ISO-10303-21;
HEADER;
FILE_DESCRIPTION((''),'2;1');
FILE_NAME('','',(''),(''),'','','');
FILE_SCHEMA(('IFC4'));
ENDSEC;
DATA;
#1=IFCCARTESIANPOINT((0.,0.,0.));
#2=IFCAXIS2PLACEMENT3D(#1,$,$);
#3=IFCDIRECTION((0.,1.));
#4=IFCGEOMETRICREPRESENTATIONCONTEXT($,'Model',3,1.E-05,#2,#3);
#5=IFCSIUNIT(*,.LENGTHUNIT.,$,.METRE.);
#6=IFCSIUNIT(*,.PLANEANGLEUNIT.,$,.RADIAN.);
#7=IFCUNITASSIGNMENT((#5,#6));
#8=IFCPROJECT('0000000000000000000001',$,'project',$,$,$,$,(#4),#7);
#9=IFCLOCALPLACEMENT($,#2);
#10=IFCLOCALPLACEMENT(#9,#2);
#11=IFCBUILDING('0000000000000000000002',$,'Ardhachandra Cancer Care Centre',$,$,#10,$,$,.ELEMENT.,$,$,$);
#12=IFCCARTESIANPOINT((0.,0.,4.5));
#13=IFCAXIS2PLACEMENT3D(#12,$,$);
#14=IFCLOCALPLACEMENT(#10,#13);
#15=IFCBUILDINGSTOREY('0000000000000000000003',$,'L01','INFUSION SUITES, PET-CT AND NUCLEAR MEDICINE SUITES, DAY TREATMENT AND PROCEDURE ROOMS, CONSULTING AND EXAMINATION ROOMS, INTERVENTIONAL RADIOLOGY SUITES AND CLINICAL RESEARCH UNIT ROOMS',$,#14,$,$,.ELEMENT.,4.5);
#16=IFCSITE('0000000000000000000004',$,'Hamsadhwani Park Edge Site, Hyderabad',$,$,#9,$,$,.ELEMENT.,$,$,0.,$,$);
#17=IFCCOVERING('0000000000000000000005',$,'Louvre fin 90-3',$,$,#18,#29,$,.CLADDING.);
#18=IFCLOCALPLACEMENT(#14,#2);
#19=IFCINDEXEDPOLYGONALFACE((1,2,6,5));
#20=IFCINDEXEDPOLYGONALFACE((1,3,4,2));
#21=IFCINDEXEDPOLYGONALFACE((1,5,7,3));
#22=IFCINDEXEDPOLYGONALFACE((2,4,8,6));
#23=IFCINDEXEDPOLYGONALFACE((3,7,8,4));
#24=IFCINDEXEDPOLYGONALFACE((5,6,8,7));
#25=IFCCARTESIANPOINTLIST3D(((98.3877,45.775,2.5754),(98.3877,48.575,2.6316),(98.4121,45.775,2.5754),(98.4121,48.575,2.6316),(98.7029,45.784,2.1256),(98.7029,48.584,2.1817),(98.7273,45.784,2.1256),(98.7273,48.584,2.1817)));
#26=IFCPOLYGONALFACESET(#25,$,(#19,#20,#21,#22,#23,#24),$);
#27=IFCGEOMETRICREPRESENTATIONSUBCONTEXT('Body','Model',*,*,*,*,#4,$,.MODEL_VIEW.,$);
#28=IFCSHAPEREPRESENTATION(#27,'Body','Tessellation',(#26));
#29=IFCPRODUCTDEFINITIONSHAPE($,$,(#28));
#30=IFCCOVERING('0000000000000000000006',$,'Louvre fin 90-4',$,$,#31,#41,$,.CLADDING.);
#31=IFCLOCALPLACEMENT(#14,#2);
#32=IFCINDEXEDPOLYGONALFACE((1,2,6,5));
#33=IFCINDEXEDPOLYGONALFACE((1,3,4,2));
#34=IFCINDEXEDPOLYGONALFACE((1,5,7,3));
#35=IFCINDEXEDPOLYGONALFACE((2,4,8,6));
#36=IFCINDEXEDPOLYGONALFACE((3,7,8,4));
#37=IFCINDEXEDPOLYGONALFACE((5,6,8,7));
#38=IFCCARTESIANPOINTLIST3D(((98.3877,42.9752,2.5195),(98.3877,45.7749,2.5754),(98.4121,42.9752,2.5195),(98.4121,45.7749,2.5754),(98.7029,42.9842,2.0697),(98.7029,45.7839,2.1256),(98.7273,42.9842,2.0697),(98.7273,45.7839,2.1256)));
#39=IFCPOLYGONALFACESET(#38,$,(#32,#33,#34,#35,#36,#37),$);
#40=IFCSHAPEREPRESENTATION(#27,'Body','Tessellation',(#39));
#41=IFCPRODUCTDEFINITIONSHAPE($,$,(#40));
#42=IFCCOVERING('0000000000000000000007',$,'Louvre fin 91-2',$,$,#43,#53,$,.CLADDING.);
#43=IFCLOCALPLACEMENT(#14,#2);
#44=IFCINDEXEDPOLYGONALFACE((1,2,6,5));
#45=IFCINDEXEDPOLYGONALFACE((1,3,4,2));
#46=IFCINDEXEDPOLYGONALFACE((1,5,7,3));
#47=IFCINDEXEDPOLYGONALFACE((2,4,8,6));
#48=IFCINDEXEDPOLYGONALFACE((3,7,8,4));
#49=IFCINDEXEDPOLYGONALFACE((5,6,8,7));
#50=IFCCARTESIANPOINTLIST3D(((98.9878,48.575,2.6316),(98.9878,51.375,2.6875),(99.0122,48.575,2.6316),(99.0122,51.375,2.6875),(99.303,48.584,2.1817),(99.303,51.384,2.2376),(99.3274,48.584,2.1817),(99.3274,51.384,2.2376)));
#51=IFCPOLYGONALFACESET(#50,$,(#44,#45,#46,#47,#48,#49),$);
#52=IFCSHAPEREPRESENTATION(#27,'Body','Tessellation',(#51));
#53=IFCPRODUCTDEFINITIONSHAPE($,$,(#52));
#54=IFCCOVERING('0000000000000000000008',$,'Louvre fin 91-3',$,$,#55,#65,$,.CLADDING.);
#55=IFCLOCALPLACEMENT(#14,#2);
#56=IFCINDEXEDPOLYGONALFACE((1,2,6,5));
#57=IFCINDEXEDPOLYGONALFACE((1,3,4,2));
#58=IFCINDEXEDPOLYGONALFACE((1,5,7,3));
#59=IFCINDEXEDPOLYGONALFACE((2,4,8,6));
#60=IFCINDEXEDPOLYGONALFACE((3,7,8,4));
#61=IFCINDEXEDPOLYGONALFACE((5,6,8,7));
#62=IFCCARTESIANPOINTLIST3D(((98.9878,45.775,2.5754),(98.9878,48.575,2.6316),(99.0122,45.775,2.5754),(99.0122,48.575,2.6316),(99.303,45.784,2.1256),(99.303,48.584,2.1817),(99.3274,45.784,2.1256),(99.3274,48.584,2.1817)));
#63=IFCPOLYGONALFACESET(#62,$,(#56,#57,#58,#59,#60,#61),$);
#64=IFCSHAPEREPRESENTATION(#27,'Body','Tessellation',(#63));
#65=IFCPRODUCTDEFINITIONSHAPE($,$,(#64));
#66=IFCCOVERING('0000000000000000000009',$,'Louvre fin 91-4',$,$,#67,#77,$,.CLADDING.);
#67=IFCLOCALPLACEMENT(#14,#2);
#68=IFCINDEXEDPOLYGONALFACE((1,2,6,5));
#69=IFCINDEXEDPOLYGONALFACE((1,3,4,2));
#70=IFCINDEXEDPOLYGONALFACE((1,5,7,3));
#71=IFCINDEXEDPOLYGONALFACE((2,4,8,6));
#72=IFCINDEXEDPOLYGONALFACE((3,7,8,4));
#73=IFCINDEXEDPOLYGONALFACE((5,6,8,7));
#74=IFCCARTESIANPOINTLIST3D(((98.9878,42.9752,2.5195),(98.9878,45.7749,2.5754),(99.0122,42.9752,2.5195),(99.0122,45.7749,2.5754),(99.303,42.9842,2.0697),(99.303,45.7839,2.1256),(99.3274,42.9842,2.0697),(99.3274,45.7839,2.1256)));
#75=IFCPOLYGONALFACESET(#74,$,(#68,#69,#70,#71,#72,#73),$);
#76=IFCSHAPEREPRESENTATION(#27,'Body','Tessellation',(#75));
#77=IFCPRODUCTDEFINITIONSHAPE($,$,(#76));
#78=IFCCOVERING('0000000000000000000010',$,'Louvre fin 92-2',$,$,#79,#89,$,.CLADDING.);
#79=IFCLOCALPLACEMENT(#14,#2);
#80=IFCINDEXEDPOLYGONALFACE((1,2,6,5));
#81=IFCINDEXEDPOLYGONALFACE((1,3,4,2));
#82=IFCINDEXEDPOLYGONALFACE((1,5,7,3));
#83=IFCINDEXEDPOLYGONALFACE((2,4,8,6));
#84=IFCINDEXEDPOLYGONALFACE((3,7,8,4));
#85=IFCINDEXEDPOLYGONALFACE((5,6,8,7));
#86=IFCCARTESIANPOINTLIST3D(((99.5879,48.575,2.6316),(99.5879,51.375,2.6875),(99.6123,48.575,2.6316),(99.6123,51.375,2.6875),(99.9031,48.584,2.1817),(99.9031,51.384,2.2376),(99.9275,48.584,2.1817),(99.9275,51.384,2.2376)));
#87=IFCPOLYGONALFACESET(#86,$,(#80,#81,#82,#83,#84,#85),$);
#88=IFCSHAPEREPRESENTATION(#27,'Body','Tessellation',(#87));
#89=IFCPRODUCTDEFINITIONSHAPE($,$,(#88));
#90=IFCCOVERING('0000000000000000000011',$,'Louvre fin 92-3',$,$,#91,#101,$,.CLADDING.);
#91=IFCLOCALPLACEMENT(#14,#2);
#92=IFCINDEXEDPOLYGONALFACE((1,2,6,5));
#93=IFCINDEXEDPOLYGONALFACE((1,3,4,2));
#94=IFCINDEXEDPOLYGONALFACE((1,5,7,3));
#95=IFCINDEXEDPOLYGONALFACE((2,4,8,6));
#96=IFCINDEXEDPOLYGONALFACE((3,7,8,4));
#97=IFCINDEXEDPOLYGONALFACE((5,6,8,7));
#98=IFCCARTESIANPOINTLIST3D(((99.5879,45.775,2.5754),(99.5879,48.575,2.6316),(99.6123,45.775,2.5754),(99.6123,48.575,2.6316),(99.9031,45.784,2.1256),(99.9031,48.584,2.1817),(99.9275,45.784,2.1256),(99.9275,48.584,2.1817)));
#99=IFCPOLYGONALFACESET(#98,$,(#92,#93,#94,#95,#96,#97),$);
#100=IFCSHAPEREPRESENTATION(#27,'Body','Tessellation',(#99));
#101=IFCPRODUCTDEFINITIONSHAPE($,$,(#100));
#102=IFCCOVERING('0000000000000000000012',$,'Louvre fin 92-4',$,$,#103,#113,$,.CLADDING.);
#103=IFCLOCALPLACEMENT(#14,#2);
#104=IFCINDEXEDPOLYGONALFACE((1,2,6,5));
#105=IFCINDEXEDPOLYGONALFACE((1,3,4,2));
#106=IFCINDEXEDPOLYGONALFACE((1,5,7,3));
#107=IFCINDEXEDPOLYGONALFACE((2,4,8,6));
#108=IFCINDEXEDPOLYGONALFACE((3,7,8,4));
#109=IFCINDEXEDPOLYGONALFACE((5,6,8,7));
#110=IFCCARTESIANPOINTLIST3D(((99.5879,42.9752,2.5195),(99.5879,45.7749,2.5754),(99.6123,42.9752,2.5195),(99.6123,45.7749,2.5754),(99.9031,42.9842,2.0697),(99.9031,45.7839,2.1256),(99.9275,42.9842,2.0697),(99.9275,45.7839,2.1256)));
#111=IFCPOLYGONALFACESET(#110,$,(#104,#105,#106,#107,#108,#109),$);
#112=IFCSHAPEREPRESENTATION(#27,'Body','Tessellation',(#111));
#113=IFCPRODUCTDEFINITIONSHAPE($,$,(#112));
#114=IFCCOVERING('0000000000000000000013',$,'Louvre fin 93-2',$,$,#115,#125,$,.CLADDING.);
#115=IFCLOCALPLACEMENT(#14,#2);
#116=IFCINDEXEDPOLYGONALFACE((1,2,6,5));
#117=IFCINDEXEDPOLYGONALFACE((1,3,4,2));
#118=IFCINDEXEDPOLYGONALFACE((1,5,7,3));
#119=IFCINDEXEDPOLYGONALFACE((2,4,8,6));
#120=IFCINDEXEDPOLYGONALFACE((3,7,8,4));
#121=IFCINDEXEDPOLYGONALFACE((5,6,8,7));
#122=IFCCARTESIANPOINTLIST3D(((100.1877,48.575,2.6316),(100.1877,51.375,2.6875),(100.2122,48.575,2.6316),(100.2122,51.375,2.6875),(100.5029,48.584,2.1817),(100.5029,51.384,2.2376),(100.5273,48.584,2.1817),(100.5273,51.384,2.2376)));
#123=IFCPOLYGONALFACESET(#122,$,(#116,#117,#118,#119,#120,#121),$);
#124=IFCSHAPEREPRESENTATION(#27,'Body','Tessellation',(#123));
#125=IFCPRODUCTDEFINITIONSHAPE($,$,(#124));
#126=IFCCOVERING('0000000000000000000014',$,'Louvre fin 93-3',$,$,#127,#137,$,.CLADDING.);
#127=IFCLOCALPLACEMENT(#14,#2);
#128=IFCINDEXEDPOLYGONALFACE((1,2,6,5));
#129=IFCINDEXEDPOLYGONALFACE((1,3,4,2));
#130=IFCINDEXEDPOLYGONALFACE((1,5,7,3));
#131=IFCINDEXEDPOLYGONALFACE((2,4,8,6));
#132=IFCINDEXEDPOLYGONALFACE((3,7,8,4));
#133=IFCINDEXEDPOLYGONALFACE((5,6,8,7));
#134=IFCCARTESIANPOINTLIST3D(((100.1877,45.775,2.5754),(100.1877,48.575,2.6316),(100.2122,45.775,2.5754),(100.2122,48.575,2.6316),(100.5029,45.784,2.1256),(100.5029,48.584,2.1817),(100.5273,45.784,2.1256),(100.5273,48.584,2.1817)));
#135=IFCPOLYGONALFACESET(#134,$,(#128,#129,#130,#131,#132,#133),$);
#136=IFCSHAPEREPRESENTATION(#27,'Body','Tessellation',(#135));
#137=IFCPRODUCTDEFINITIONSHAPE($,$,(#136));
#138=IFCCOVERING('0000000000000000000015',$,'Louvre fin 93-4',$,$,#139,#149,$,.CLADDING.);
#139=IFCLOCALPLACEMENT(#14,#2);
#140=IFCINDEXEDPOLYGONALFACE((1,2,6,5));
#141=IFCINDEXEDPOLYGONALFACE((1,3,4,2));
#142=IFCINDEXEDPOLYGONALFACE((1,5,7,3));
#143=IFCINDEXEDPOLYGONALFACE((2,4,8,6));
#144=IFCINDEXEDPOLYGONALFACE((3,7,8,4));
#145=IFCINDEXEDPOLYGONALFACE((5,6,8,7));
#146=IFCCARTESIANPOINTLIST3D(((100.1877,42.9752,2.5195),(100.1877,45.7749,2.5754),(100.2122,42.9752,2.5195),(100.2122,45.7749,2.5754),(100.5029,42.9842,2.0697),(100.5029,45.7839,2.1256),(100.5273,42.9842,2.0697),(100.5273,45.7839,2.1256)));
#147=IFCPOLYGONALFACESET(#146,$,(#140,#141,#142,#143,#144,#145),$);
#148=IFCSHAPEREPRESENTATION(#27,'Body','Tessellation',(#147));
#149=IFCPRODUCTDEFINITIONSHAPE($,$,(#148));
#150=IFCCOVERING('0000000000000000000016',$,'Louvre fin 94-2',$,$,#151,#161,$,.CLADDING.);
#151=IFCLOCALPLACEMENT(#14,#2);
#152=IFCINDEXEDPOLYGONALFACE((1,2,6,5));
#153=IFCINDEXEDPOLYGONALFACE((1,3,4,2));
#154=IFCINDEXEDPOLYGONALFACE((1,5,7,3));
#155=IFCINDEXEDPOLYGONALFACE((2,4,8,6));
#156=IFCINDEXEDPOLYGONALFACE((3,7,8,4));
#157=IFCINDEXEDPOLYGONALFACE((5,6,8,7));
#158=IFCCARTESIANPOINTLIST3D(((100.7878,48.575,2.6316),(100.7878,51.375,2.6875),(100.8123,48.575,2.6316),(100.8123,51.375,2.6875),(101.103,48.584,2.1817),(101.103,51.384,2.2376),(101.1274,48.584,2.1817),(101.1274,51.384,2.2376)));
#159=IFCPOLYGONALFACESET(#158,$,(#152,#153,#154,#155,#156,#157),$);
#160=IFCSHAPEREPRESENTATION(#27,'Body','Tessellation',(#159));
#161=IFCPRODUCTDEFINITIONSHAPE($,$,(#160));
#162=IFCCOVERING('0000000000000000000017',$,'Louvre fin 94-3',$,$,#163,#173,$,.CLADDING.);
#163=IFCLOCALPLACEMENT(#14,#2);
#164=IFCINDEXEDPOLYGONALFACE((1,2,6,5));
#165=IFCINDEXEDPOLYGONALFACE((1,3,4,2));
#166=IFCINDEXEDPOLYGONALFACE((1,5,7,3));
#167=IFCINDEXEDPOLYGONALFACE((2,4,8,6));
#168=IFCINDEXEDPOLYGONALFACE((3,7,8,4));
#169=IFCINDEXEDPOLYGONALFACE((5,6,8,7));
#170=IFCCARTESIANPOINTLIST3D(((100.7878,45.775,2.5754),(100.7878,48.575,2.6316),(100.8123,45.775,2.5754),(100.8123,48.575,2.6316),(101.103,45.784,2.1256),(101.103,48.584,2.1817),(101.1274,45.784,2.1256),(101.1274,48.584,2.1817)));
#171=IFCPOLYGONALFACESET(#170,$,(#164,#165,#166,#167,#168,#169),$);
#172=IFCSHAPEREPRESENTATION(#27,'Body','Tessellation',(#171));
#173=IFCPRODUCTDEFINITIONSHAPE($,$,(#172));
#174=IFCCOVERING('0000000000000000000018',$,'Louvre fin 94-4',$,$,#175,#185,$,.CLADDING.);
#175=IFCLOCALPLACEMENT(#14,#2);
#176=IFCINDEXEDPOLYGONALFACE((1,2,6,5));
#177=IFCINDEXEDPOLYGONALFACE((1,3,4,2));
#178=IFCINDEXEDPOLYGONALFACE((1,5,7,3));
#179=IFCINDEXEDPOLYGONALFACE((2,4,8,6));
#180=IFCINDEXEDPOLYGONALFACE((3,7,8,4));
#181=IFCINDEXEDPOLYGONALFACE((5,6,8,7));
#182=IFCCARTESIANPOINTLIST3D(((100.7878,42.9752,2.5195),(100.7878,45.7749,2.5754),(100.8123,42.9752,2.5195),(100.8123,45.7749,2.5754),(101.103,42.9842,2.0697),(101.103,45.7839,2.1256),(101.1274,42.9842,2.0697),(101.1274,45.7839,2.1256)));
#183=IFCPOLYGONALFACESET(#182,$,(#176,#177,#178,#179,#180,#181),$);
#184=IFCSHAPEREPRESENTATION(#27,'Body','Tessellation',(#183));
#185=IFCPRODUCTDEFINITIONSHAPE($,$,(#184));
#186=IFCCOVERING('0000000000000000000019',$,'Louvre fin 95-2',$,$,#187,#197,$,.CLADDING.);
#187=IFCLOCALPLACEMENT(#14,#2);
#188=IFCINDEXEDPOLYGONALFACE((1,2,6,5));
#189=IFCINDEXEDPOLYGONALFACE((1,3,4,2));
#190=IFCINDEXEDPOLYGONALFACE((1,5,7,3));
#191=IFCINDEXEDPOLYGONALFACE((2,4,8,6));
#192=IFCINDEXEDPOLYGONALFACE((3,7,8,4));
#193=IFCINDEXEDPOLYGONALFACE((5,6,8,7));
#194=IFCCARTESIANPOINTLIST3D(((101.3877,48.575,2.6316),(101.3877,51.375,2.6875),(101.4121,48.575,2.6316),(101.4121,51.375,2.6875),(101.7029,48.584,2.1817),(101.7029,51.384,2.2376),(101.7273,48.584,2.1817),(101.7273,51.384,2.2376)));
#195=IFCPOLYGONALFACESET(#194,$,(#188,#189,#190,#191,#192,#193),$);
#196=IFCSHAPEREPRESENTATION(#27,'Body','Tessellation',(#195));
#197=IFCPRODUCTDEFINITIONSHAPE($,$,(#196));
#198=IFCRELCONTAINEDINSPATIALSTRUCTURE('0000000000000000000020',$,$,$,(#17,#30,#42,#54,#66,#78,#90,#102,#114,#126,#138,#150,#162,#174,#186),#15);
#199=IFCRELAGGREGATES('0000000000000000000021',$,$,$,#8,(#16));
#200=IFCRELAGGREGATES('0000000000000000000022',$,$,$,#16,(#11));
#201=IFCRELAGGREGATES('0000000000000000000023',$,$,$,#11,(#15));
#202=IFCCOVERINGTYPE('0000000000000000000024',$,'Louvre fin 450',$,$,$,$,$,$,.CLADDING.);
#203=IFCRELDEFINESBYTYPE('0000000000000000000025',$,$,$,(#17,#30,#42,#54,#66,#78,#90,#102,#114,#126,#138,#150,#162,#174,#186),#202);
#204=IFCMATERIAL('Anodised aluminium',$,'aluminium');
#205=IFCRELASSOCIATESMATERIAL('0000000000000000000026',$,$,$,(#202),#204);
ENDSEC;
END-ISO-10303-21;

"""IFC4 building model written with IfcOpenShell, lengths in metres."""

from ifc_helpers import new_model, si_unit, direction, frame, origin, place, context, subcontext, project, spatial, polyline, outline, extrude, material, material_profile, profile_set, type_object, element, save


model = new_model("IFC4")

# Units and contexts
model_context = context("Model", 3, precision=1e-05, world=origin(), true_north=direction((0.0, 1.0)))
body_context = subcontext(model_context, "Body", "Model", "MODEL_VIEW")
ifc_project = project(units=[si_unit("LENGTHUNIT", "METRE"), si_unit("PLANEANGLEUNIT", "RADIAN")], contexts=[model_context])

# Site, building, storey
site_placement = place(None, origin())
site = spatial("IfcSite", under=ifc_project, at=site_placement, Name="Hamsadhwani Park Edge Site, Hyderabad", CompositionType="ELEMENT", RefElevation=0.0)
building_placement = place(site_placement, origin())
building = spatial("IfcBuilding", under=site, at=building_placement, Name="Ardhachandra Cancer Care Centre", CompositionType="ELEMENT")
storey_placement = place(building_placement, frame((0.0, 0.0, 4.5)))
storey = spatial("IfcBuildingStorey", under=building, at=storey_placement, Name="L01", Description="INFUSION SUITES, PET-CT AND NUCLEAR MEDICINE SUITES, DAY TREATMENT AND PROCEDURE ROOMS, CONSULTING AND EXAMINATION ROOMS, INTERVENTIONAL RADIOLOGY SUITES AND CLINICAL RESEARCH UNIT ROOMS", CompositionType="ELEMENT", Elevation=4.5)

# Coverings
ifc_material_1 = material(Name="Anodised aluminium", Category="aluminium")
ifc_material_profile = material_profile(ifc_material_1, outline(polyline([(-0.0122, 0.0), (0.0122, 0.0), (0.3274, -0.45), (0.303, -0.45), (-0.0122, 0.0)])), Name="Louvre fin 450")
ifc_profile_set = profile_set([ifc_material_profile], Name="Anodised aluminium")
covering_type = type_object("IfcCoveringType", Name="Louvre fin 450", PredefinedType="CLADDING", material=ifc_profile_set)
for number, where, z_axis, x_axis, name in (
    (1, (98.3999, 48.575, 2.6316), (0.0, -0.999799, -0.02005), (1.0, 0.0, 0.0), "Louvre fin 90-3"),
):
    element("IfcCovering", number, at=place(storey_placement, frame(where, z_axis=z_axis, x_axis=x_axis)), inside=storey, type_object=covering_type, Name=name, PredefinedType="CLADDING", context=body_context, shape_type="SweptSolid", body=[
        extrude(outline(polyline([(-0.0122, 0.0), (0.0122, 0.0), (0.3274, -0.45), (0.303, -0.45), (-0.0122, 0.0)])), origin(), (0.0, 0.0, 1.0), 2.8005),
    ])
covering_1_placement = place(storey_placement, frame((98.3999, 45.7749, 2.5754), z_axis=(0.0, -0.999801, -0.019965), x_axis=(1.0, 0.0, 0.0)))
element("IfcCovering", 2, at=covering_1_placement, inside=storey, type_object=covering_type, Name="Louvre fin 90-4", PredefinedType="CLADDING", context=body_context, shape_type="SweptSolid", body=[
    extrude(outline(polyline([(-0.0122, 0.0), (0.0122, 0.0), (0.3274, -0.45), (0.303, -0.45), (-0.0122, 0.0)])), origin(), (0.0, 0.0, 1.0), 2.8003),
])
for number, where, z_axis, x_axis, name in (
    (3, (99.0, 51.375, 2.6875), (0.0, -0.999801, -0.019963), (1.0, 0.0, 0.0), "Louvre fin 91-2"),
    (4, (99.0, 48.575, 2.6316), (0.0, -0.999799, -0.02005), (1.0, 0.0, 0.0), "Louvre fin 91-3"),
):
    element("IfcCovering", number, at=place(storey_placement, frame(where, z_axis=z_axis, x_axis=x_axis)), inside=storey, type_object=covering_type, Name=name, PredefinedType="CLADDING", context=body_context, shape_type="SweptSolid", body=[
        extrude(outline(polyline([(-0.0122, 0.0), (0.0122, 0.0), (0.3274, -0.45), (0.303, -0.45), (-0.0122, 0.0)])), origin(), (0.0, 0.0, 1.0), 2.8005),
    ])
covering_2_placement = place(storey_placement, frame((99.0, 45.7749, 2.5754), z_axis=(0.0, -0.999801, -0.019965), x_axis=(1.0, 0.0, 0.0)))
element("IfcCovering", 5, at=covering_2_placement, inside=storey, type_object=covering_type, Name="Louvre fin 91-4", PredefinedType="CLADDING", context=body_context, shape_type="SweptSolid", body=[
    extrude(outline(polyline([(-0.0122, 0.0), (0.0122, 0.0), (0.3274, -0.45), (0.303, -0.45), (-0.0122, 0.0)])), origin(), (0.0, 0.0, 1.0), 2.8003),
])
for number, where, z_axis, x_axis, name in (
    (6, (99.6001, 51.375, 2.6875), (0.0, -0.999801, -0.019963), (1.0, 0.0, 0.0), "Louvre fin 92-2"),
    (7, (99.6001, 48.575, 2.6316), (0.0, -0.999799, -0.02005), (1.0, 0.0, 0.0), "Louvre fin 92-3"),
):
    element("IfcCovering", number, at=place(storey_placement, frame(where, z_axis=z_axis, x_axis=x_axis)), inside=storey, type_object=covering_type, Name=name, PredefinedType="CLADDING", context=body_context, shape_type="SweptSolid", body=[
        extrude(outline(polyline([(-0.0122, 0.0), (0.0122, 0.0), (0.3274, -0.45), (0.303, -0.45), (-0.0122, 0.0)])), origin(), (0.0, 0.0, 1.0), 2.8005),
    ])
covering_3_placement = place(storey_placement, frame((99.6001, 45.7749, 2.5754), z_axis=(0.0, -0.999801, -0.019965), x_axis=(1.0, 0.0, 0.0)))
element("IfcCovering", 8, at=covering_3_placement, inside=storey, type_object=covering_type, Name="Louvre fin 92-4", PredefinedType="CLADDING", context=body_context, shape_type="SweptSolid", body=[
    extrude(outline(polyline([(-0.0122, 0.0), (0.0122, 0.0), (0.3274, -0.45), (0.303, -0.45), (-0.0122, 0.0)])), origin(), (0.0, 0.0, 1.0), 2.8003),
])
for number, where, z_axis, x_axis, name in (
    (9, (100.2, 51.375, 2.6875), (0.0, -0.999801, -0.019963), (1.0, 0.0, 0.0), "Louvre fin 93-2"),
    (10, (100.2, 48.575, 2.6316), (0.0, -0.999799, -0.02005), (1.0, 0.0, 0.0), "Louvre fin 93-3"),
):
    element("IfcCovering", number, at=place(storey_placement, frame(where, z_axis=z_axis, x_axis=x_axis)), inside=storey, type_object=covering_type, Name=name, PredefinedType="CLADDING", context=body_context, shape_type="SweptSolid", body=[
        extrude(outline(polyline([(-0.0122, 0.0), (0.0122, 0.0), (0.3274, -0.45), (0.303, -0.45), (-0.0122, 0.0)])), origin(), (0.0, 0.0, 1.0), 2.8005),
    ])
covering_4_placement = place(storey_placement, frame((100.2, 45.7749, 2.5754), z_axis=(0.0, -0.999801, -0.019965), x_axis=(1.0, 0.0, 0.0)))
element("IfcCovering", 11, at=covering_4_placement, inside=storey, type_object=covering_type, Name="Louvre fin 93-4", PredefinedType="CLADDING", context=body_context, shape_type="SweptSolid", body=[
    extrude(outline(polyline([(-0.0122, 0.0), (0.0122, 0.0), (0.3274, -0.45), (0.303, -0.45), (-0.0122, 0.0)])), origin(), (0.0, 0.0, 1.0), 2.8003),
])
for number, where, z_axis, x_axis, name in (
    (12, (100.8, 51.375, 2.6875), (0.0, -0.999801, -0.019963), (1.0, 0.0, 0.0), "Louvre fin 94-2"),
    (13, (100.8, 48.575, 2.6316), (0.0, -0.999799, -0.02005), (1.0, 0.0, 0.0), "Louvre fin 94-3"),
):
    element("IfcCovering", number, at=place(storey_placement, frame(where, z_axis=z_axis, x_axis=x_axis)), inside=storey, type_object=covering_type, Name=name, PredefinedType="CLADDING", context=body_context, shape_type="SweptSolid", body=[
        extrude(outline(polyline([(-0.0122, 0.0), (0.0122, 0.0), (0.3274, -0.45), (0.303, -0.45), (-0.0122, 0.0)])), origin(), (0.0, 0.0, 1.0), 2.8005),
    ])
covering_5_placement = place(storey_placement, frame((100.8, 45.7749, 2.5754), z_axis=(0.0, -0.999801, -0.019965), x_axis=(1.0, 0.0, 0.0)))
element("IfcCovering", 14, at=covering_5_placement, inside=storey, type_object=covering_type, Name="Louvre fin 94-4", PredefinedType="CLADDING", context=body_context, shape_type="SweptSolid", body=[
    extrude(outline(polyline([(-0.0122, 0.0), (0.0122, 0.0), (0.3274, -0.45), (0.303, -0.45), (-0.0122, 0.0)])), origin(), (0.0, 0.0, 1.0), 2.8003),
])
for number, where, z_axis, x_axis, name in (
    (15, (101.3999, 51.375, 2.6875), (0.0, -0.999801, -0.019963), (1.0, 0.0, 0.0), "Louvre fin 95-2"),
):
    element("IfcCovering", number, at=place(storey_placement, frame(where, z_axis=z_axis, x_axis=x_axis)), inside=storey, type_object=covering_type, Name=name, PredefinedType="CLADDING", context=body_context, shape_type="SweptSolid", body=[
        extrude(outline(polyline([(-0.0122, 0.0), (0.0122, 0.0), (0.3274, -0.45), (0.303, -0.45), (-0.0122, 0.0)])), origin(), (0.0, 0.0, 1.0), 2.8005),
    ])

save(model, "model.ifc")
